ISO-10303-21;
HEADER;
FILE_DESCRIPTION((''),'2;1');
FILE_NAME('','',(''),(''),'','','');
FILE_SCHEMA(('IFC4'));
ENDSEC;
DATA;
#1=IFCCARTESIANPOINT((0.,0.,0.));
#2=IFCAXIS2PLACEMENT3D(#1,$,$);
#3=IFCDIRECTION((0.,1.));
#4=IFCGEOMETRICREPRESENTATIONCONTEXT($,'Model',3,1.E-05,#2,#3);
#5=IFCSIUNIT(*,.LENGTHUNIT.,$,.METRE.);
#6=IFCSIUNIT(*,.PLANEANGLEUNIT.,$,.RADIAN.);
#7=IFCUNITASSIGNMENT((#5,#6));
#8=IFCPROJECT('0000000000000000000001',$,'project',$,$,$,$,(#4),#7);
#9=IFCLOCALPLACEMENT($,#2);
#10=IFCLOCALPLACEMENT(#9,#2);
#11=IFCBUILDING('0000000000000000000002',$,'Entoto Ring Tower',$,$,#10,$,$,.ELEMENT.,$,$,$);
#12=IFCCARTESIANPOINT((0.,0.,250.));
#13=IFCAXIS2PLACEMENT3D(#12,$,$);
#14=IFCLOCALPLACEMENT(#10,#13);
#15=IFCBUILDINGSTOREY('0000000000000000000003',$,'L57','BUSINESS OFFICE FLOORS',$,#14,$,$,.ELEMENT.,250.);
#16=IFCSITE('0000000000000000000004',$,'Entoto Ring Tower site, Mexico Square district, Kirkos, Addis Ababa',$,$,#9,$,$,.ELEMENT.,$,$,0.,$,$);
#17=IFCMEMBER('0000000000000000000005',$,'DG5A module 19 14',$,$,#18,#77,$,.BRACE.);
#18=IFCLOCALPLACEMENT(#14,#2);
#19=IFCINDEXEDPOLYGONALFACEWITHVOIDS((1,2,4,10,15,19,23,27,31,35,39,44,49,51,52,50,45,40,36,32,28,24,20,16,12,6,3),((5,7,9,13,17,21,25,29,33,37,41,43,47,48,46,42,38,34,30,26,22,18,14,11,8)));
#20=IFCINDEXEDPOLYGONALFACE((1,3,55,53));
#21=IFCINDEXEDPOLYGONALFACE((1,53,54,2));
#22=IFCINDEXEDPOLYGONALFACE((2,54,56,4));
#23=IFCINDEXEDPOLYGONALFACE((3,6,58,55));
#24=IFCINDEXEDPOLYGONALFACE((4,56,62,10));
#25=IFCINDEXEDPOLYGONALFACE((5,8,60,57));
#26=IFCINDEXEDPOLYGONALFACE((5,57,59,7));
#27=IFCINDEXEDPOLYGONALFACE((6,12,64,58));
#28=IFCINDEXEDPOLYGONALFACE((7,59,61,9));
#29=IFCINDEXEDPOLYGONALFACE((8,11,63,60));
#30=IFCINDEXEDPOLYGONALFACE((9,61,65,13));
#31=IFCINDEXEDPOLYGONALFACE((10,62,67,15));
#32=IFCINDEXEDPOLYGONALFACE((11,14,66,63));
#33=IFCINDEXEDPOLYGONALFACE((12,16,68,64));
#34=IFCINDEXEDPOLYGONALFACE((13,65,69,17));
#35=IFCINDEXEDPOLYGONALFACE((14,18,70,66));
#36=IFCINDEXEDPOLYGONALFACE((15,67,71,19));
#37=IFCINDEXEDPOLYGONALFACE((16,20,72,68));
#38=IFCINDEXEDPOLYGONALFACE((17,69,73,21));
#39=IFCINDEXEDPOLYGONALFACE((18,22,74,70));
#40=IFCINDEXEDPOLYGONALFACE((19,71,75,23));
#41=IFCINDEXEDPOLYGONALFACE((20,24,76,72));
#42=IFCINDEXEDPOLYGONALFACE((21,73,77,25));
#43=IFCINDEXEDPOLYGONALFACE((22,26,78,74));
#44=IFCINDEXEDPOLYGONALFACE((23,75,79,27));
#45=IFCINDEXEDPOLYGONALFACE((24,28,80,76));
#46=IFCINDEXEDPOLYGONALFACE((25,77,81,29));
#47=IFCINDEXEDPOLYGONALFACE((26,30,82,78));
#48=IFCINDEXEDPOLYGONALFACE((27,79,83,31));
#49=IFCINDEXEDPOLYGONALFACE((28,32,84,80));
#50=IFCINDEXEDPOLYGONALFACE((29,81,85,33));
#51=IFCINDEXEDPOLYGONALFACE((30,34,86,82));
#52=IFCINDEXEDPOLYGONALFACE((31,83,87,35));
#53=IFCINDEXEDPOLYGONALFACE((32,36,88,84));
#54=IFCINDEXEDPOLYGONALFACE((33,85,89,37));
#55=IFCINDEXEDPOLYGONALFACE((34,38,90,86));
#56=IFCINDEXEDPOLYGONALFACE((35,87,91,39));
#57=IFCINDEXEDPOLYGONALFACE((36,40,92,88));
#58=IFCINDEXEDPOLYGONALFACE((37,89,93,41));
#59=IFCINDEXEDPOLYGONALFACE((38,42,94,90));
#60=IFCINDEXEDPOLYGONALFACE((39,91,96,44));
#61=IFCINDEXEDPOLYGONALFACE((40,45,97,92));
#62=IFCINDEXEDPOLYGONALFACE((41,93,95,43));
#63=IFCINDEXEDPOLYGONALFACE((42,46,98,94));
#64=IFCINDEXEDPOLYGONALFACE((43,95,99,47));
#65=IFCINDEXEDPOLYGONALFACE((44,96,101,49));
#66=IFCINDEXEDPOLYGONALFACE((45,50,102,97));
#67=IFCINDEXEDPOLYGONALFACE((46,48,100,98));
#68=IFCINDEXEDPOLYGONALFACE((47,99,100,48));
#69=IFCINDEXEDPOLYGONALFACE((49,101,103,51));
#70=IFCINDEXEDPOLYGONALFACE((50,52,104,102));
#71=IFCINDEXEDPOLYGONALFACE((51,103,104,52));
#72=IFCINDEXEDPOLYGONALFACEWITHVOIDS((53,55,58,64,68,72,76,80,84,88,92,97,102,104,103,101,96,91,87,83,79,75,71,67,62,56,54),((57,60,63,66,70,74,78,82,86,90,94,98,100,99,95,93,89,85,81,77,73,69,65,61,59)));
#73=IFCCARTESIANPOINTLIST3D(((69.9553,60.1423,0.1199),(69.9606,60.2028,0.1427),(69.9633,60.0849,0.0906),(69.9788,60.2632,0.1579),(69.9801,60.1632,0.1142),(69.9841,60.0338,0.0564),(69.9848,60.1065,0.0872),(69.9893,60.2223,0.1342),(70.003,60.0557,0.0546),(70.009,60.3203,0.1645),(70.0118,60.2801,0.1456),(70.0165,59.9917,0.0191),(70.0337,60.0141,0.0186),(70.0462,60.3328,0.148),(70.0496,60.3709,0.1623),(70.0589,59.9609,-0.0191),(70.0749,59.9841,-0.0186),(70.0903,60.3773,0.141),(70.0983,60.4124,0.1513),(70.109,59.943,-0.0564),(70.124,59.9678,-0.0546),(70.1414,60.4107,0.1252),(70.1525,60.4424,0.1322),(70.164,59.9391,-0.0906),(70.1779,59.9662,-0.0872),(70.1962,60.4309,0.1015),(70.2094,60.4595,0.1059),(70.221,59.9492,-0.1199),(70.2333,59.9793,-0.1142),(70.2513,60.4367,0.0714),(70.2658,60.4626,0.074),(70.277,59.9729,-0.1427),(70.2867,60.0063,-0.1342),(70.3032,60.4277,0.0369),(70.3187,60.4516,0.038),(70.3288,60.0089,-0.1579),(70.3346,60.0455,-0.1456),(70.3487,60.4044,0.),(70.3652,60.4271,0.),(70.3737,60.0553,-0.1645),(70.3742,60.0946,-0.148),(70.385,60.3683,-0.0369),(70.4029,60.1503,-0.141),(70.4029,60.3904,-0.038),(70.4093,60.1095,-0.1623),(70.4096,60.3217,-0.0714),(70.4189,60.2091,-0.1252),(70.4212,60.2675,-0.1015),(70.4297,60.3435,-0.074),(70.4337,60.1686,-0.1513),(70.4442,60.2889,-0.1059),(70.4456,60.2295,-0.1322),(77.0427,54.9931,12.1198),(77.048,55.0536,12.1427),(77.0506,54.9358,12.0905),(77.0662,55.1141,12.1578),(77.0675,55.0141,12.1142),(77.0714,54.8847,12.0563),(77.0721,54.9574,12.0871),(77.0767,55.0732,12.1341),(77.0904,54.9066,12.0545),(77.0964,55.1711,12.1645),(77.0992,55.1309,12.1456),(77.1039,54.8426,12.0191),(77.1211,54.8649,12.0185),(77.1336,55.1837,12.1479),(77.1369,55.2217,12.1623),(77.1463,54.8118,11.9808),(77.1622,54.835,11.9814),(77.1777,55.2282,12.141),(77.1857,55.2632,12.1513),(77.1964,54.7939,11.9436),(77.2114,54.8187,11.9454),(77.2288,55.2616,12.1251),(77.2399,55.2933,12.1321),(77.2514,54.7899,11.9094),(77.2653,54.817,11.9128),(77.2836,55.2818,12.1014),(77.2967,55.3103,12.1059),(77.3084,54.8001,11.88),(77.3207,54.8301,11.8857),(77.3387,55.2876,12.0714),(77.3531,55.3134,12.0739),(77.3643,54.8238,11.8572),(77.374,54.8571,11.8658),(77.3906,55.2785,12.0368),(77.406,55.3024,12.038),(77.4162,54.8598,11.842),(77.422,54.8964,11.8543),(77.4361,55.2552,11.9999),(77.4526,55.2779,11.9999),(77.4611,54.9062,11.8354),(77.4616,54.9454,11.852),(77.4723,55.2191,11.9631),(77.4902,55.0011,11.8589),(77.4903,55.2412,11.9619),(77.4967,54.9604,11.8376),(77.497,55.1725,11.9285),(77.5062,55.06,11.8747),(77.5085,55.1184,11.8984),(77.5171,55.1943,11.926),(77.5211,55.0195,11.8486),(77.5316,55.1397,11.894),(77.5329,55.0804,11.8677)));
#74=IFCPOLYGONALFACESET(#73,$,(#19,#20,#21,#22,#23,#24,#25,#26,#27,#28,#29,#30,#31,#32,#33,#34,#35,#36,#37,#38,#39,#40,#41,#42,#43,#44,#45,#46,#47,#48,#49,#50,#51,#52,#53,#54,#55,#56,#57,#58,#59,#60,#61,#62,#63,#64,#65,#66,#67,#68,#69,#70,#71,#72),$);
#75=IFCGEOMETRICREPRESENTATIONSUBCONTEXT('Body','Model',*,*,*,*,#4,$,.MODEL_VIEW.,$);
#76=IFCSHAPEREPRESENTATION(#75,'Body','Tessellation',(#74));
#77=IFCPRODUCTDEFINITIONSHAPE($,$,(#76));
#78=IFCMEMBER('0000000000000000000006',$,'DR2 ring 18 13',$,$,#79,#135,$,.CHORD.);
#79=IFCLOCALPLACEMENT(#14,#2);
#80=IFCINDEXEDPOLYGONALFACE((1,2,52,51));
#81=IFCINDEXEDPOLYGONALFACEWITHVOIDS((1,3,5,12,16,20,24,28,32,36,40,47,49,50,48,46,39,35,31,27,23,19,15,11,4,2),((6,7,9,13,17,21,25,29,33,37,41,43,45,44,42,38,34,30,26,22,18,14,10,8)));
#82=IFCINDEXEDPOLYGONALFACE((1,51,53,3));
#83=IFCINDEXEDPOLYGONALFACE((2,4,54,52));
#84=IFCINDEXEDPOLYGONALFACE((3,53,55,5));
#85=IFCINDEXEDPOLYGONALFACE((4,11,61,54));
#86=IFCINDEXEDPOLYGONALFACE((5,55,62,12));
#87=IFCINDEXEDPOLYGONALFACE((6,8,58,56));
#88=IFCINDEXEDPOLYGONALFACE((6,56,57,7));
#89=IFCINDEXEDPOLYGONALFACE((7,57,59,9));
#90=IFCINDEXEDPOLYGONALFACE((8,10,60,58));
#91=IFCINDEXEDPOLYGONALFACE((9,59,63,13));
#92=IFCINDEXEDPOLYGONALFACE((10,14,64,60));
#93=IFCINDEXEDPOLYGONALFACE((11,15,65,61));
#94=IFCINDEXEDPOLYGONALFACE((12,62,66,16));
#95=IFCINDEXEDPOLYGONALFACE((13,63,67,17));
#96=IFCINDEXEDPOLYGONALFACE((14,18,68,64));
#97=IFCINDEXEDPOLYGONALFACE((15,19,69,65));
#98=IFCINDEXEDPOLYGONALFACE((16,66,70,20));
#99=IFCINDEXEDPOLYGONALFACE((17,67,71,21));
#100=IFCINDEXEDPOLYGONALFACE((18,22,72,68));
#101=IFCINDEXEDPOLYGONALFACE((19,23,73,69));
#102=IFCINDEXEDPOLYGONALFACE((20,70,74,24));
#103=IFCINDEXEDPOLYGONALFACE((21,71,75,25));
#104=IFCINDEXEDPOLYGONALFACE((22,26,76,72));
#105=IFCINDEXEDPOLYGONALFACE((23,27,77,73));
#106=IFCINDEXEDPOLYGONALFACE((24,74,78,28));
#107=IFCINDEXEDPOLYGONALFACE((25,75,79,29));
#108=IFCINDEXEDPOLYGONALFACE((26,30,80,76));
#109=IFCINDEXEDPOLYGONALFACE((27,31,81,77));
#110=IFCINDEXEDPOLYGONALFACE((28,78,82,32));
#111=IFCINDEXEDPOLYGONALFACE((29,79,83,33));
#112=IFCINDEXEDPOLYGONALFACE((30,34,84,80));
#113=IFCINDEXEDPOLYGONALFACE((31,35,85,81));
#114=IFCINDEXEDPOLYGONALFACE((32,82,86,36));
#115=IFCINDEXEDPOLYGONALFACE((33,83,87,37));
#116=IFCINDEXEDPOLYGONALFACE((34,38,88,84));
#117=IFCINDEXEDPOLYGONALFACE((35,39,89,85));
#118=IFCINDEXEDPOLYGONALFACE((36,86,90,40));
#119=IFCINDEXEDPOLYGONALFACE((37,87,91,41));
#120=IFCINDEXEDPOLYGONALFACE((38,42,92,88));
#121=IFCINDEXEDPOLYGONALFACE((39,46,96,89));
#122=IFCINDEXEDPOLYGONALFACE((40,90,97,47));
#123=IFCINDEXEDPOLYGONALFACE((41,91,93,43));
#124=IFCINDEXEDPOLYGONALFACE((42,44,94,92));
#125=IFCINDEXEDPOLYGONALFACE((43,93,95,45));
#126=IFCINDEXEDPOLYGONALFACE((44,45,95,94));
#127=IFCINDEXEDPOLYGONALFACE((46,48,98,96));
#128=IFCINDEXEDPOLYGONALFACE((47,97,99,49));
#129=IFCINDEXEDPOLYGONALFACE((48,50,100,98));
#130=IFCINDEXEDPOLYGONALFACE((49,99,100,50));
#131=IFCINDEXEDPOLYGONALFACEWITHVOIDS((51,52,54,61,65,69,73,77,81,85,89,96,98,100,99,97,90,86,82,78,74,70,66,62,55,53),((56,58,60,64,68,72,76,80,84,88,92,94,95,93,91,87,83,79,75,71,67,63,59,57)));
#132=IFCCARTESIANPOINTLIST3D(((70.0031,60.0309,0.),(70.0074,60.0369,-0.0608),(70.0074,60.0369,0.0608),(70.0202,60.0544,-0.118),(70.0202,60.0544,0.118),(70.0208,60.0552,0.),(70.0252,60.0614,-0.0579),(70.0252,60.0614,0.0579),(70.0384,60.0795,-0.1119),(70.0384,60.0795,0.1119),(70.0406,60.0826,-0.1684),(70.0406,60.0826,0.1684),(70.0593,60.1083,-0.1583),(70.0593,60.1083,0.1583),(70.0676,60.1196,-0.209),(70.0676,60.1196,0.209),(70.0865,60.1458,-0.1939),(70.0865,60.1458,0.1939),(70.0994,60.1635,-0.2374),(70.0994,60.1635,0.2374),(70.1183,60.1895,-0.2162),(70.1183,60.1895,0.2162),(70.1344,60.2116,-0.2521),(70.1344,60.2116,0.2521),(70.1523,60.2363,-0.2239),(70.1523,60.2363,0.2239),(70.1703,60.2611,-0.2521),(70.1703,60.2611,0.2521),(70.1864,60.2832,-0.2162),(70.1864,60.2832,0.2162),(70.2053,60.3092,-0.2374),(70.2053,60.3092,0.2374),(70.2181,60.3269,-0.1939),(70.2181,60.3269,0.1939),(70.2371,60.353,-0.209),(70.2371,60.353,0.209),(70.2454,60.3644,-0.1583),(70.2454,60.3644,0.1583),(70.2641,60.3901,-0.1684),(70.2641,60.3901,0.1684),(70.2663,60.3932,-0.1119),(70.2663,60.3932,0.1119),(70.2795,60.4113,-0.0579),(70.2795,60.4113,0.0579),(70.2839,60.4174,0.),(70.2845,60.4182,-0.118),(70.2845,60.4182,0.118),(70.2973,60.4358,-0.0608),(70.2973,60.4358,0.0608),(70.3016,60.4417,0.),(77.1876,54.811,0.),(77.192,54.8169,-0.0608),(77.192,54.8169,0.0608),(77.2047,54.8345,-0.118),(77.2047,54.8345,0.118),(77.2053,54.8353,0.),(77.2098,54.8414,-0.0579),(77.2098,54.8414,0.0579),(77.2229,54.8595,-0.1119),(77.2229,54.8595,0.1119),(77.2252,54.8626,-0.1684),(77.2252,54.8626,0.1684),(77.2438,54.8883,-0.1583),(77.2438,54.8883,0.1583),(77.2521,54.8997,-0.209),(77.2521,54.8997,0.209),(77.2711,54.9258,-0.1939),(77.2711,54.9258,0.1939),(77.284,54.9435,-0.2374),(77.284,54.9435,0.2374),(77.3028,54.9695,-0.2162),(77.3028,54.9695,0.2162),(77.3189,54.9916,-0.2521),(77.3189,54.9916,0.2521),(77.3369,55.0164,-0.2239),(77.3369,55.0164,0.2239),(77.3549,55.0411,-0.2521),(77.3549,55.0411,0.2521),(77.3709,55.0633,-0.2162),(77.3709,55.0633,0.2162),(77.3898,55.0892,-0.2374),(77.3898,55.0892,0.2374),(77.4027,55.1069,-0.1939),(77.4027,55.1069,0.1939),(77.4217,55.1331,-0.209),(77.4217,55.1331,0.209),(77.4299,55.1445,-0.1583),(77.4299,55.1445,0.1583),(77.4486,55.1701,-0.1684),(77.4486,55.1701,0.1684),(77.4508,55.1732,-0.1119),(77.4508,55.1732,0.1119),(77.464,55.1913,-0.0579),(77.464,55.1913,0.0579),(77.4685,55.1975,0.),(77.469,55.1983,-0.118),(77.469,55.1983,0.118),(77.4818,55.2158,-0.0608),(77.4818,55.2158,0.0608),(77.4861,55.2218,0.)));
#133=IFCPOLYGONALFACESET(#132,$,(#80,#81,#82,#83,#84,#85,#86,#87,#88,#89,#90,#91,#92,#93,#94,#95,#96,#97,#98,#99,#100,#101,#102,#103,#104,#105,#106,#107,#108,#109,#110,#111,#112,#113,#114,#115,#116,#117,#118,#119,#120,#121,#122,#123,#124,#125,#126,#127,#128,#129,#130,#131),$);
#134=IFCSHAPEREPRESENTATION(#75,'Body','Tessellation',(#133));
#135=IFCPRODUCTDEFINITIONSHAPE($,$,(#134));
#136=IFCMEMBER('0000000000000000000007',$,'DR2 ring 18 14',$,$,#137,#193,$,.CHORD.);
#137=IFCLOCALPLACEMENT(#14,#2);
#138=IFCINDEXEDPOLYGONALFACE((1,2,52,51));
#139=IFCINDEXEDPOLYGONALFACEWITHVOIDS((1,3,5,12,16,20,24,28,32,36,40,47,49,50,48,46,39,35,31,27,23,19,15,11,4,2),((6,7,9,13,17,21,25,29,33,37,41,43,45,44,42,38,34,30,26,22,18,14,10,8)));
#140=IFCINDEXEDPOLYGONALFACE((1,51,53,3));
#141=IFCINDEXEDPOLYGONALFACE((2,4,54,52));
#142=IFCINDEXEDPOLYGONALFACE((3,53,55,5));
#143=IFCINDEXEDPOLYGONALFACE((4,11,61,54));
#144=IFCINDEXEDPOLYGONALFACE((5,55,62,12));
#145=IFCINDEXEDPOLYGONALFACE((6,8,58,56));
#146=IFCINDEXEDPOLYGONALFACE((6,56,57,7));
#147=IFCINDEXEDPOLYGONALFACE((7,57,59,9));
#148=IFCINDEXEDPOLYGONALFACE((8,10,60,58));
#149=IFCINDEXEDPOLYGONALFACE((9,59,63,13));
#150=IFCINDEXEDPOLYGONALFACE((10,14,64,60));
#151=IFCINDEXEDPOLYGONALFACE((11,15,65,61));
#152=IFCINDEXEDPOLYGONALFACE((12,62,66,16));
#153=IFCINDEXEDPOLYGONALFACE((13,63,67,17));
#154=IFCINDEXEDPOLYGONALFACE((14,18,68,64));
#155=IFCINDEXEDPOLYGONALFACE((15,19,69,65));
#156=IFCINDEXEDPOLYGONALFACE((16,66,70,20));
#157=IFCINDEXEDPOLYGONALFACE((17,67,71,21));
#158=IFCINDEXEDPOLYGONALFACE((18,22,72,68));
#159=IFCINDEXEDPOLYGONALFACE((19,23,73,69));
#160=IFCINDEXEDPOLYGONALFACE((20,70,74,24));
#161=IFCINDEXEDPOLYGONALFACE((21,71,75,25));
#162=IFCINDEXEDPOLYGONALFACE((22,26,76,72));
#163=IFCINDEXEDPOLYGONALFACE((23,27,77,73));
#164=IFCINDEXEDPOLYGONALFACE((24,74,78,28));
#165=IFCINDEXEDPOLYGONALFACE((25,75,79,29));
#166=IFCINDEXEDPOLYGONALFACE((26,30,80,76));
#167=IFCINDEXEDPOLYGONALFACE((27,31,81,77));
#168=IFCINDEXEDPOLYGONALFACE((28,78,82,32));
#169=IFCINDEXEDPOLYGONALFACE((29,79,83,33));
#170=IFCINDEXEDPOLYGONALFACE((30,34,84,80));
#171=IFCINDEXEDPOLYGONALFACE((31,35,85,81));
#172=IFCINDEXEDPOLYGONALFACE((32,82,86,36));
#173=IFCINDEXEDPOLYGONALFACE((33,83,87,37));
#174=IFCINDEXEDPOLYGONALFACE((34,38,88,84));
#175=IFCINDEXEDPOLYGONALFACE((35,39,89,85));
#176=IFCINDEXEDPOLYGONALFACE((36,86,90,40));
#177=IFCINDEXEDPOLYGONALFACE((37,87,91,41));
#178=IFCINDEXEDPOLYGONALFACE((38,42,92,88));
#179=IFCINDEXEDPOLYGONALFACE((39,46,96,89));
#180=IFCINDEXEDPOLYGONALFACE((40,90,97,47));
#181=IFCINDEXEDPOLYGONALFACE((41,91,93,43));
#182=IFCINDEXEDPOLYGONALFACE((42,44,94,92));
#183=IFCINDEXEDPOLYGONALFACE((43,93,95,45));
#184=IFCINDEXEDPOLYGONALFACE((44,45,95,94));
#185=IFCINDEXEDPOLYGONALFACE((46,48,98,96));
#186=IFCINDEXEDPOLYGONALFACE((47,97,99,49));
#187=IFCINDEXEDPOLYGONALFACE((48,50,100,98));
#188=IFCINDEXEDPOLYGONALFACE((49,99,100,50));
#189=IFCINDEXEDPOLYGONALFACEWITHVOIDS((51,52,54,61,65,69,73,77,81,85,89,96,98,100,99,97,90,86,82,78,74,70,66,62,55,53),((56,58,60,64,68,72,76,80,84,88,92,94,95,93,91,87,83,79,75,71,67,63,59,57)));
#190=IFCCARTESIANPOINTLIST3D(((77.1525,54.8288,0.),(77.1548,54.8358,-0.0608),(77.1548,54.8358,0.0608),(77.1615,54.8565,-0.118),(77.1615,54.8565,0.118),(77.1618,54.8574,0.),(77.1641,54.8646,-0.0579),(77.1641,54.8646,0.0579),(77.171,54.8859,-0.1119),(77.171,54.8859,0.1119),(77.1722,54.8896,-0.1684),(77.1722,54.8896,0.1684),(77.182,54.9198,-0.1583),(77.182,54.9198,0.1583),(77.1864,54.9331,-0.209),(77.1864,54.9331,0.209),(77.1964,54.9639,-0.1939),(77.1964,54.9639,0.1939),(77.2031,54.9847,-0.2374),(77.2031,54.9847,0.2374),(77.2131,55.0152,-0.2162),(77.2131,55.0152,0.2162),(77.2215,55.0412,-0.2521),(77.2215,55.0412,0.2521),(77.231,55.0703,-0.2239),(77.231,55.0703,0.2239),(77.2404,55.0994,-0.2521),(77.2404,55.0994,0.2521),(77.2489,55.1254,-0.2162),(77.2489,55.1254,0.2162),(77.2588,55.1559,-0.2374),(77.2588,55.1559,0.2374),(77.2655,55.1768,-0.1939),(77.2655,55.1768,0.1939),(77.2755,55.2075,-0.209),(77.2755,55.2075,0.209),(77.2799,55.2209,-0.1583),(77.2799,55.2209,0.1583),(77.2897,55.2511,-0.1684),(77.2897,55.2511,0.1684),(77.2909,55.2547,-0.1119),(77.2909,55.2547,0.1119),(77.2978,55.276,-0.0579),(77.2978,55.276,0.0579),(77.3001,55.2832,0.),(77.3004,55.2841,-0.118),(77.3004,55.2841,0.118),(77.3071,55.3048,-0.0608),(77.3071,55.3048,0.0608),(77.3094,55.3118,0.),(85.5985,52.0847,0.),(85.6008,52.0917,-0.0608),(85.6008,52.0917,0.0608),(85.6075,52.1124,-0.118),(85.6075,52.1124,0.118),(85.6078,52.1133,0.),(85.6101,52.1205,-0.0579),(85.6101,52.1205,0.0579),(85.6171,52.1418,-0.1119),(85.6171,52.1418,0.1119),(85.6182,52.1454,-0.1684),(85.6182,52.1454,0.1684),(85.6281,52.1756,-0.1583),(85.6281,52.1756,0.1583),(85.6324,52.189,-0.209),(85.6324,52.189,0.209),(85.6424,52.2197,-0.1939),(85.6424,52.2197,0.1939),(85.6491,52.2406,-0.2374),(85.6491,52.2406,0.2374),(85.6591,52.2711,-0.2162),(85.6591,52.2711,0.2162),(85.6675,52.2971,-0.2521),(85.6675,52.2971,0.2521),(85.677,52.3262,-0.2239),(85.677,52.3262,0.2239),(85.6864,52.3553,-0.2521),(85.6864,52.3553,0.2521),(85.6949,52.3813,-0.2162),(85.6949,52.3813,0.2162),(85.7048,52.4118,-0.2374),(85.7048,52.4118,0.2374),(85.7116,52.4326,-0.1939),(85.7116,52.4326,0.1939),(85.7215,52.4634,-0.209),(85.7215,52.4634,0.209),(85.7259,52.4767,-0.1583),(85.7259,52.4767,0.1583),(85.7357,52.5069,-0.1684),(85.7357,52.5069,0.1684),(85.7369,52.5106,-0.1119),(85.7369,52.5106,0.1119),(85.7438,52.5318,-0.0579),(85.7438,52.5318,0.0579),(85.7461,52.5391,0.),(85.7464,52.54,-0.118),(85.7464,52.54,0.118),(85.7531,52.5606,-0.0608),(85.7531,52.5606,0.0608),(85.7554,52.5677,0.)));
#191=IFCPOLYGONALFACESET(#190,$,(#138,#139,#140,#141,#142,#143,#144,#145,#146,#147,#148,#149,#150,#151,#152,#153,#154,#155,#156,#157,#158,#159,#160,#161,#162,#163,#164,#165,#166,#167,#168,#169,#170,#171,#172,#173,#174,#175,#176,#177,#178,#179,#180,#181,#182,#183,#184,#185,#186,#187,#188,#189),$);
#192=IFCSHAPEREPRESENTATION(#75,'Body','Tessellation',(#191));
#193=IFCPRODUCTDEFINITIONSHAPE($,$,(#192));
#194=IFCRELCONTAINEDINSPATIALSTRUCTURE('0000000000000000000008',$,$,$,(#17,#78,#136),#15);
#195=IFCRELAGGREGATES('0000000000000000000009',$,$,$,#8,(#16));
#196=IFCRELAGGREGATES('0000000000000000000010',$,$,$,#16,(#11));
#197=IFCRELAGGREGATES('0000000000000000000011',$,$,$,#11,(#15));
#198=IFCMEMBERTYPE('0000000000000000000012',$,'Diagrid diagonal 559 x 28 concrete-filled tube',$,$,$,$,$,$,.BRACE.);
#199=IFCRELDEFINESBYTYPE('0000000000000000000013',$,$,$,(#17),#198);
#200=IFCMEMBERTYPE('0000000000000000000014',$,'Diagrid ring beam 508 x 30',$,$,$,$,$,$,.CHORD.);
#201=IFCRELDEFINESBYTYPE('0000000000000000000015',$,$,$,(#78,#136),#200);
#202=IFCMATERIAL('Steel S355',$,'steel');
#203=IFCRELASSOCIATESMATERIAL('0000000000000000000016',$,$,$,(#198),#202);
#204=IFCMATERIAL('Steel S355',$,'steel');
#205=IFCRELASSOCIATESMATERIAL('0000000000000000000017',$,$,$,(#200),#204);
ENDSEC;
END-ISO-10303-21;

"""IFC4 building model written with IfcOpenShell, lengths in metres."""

from ifc_helpers import new_model, si_unit, direction, frame, origin, origin_2d, place, context, subcontext, project, spatial, circle, hollow_circle, extrude, material, material_profile, profile_set, type_object, element, save


model = new_model("IFC4")

# Units and contexts
model_context = context("Model", 3, precision=1e-05, world=origin(), true_north=direction((0.0, 1.0)))
body_context = subcontext(model_context, "Body", "Model", "MODEL_VIEW")
ifc_project = project(units=[si_unit("LENGTHUNIT", "METRE"), si_unit("PLANEANGLEUNIT", "RADIAN")], contexts=[model_context])

# Site, building, storey
site_placement = place(None, origin())
site = spatial("IfcSite", under=ifc_project, at=site_placement, Name="Entoto Ring Tower site, Mexico Square district, Kirkos, Addis Ababa", CompositionType="ELEMENT", RefElevation=0.0)
building_placement = place(site_placement, origin())
building = spatial("IfcBuilding", under=site, at=building_placement, Name="Entoto Ring Tower", CompositionType="ELEMENT")
storey_placement = place(building_placement, frame((0.0, 0.0, 250.0)))
storey = spatial("IfcBuildingStorey", under=building, at=storey_placement, Name="L57", Description="BUSINESS OFFICE FLOORS", CompositionType="ELEMENT", Elevation=250.0)

# Members
ifc_material_1 = material(Name="Steel S355", Category="steel")
ifc_material_profile_1 = material_profile(ifc_material_1, hollow_circle(Radius=0.2795, WallThickness=0.0281, at=origin_2d()), Name="CHS 559 x 28")
ifc_material_2 = material(Name="Concrete C60/75", Category="concrete")
ifc_material_profile_2 = material_profile(ifc_material_2, circle(Radius=0.2515, at=origin_2d()), Name="Concrete C60/75 infill")
ifc_profile_set_1 = profile_set([ifc_material_profile_1, ifc_material_profile_2], Name="Steel S355")
member_type_1 = type_object("IfcMemberType", Name="Diagrid diagonal 559 x 28 concrete-filled tube", PredefinedType="BRACE", material=ifc_profile_set_1)
for number, where, z_axis, x_axis, name in (
    (1, (70.2009, 60.2009, 0.0), (0.477025, -0.34657, 0.807673), (0.587776, 0.809024, 0.0), "DG5A module 19 14"),
):
    element("IfcMember", number, at=place(storey_placement, frame(where, z_axis=z_axis, x_axis=x_axis)), inside=storey, type_object=member_type_1, Name=name, PredefinedType="BRACE", context=body_context, shape_type="SweptSolid", body=[
        extrude(hollow_circle(Radius=0.2795, WallThickness=0.0281, at=origin_2d()), origin(), (0.0, 0.0, 1.0), 14.8574),
    ])
ifc_material_3 = material(Name="Steel S355", Category="steel")
ifc_material_profile_3 = material_profile(ifc_material_3, hollow_circle(Radius=0.2539, WallThickness=0.03, at=origin_2d()), Name="CHS 508 x 30")
ifc_material_4 = material(Name="Concrete C60/75", Category="concrete")
ifc_material_profile_4 = material_profile(ifc_material_4, circle(Radius=0.2241, at=origin_2d()), Name="Concrete C60/75 infill")
ifc_profile_set_2 = profile_set([ifc_material_profile_3, ifc_material_profile_4], Name="Steel S355")
member_type_2 = type_object("IfcMemberType", Name="Diagrid ring beam 508 x 30", PredefinedType="CHORD", material=ifc_profile_set_2)
for number, where, z_axis, x_axis, name in (
    (2, (70.1523, 60.2363, 0.0), (0.809013, -0.587791, 0.0), (0.587791, 0.809013, 0.0), "DR2 ring 18 13"),
    (3, (77.231, 55.0703, 0.0), (0.951061, -0.309002, 0.0), (0.309002, 0.951061, 0.0), "DR2 ring 18 14"),
):
    element("IfcMember", number, at=place(storey_placement, frame(where, z_axis=z_axis, x_axis=x_axis)), inside=storey, type_object=member_type_2, Name=name, PredefinedType="CHORD", context=body_context, shape_type="SweptSolid", body=[
        extrude(hollow_circle(Radius=0.2539, WallThickness=0.03, at=origin_2d()), origin(), (0.0, 0.0, 1.0), 8.8806),
    ])

save(model, "model.ifc")
